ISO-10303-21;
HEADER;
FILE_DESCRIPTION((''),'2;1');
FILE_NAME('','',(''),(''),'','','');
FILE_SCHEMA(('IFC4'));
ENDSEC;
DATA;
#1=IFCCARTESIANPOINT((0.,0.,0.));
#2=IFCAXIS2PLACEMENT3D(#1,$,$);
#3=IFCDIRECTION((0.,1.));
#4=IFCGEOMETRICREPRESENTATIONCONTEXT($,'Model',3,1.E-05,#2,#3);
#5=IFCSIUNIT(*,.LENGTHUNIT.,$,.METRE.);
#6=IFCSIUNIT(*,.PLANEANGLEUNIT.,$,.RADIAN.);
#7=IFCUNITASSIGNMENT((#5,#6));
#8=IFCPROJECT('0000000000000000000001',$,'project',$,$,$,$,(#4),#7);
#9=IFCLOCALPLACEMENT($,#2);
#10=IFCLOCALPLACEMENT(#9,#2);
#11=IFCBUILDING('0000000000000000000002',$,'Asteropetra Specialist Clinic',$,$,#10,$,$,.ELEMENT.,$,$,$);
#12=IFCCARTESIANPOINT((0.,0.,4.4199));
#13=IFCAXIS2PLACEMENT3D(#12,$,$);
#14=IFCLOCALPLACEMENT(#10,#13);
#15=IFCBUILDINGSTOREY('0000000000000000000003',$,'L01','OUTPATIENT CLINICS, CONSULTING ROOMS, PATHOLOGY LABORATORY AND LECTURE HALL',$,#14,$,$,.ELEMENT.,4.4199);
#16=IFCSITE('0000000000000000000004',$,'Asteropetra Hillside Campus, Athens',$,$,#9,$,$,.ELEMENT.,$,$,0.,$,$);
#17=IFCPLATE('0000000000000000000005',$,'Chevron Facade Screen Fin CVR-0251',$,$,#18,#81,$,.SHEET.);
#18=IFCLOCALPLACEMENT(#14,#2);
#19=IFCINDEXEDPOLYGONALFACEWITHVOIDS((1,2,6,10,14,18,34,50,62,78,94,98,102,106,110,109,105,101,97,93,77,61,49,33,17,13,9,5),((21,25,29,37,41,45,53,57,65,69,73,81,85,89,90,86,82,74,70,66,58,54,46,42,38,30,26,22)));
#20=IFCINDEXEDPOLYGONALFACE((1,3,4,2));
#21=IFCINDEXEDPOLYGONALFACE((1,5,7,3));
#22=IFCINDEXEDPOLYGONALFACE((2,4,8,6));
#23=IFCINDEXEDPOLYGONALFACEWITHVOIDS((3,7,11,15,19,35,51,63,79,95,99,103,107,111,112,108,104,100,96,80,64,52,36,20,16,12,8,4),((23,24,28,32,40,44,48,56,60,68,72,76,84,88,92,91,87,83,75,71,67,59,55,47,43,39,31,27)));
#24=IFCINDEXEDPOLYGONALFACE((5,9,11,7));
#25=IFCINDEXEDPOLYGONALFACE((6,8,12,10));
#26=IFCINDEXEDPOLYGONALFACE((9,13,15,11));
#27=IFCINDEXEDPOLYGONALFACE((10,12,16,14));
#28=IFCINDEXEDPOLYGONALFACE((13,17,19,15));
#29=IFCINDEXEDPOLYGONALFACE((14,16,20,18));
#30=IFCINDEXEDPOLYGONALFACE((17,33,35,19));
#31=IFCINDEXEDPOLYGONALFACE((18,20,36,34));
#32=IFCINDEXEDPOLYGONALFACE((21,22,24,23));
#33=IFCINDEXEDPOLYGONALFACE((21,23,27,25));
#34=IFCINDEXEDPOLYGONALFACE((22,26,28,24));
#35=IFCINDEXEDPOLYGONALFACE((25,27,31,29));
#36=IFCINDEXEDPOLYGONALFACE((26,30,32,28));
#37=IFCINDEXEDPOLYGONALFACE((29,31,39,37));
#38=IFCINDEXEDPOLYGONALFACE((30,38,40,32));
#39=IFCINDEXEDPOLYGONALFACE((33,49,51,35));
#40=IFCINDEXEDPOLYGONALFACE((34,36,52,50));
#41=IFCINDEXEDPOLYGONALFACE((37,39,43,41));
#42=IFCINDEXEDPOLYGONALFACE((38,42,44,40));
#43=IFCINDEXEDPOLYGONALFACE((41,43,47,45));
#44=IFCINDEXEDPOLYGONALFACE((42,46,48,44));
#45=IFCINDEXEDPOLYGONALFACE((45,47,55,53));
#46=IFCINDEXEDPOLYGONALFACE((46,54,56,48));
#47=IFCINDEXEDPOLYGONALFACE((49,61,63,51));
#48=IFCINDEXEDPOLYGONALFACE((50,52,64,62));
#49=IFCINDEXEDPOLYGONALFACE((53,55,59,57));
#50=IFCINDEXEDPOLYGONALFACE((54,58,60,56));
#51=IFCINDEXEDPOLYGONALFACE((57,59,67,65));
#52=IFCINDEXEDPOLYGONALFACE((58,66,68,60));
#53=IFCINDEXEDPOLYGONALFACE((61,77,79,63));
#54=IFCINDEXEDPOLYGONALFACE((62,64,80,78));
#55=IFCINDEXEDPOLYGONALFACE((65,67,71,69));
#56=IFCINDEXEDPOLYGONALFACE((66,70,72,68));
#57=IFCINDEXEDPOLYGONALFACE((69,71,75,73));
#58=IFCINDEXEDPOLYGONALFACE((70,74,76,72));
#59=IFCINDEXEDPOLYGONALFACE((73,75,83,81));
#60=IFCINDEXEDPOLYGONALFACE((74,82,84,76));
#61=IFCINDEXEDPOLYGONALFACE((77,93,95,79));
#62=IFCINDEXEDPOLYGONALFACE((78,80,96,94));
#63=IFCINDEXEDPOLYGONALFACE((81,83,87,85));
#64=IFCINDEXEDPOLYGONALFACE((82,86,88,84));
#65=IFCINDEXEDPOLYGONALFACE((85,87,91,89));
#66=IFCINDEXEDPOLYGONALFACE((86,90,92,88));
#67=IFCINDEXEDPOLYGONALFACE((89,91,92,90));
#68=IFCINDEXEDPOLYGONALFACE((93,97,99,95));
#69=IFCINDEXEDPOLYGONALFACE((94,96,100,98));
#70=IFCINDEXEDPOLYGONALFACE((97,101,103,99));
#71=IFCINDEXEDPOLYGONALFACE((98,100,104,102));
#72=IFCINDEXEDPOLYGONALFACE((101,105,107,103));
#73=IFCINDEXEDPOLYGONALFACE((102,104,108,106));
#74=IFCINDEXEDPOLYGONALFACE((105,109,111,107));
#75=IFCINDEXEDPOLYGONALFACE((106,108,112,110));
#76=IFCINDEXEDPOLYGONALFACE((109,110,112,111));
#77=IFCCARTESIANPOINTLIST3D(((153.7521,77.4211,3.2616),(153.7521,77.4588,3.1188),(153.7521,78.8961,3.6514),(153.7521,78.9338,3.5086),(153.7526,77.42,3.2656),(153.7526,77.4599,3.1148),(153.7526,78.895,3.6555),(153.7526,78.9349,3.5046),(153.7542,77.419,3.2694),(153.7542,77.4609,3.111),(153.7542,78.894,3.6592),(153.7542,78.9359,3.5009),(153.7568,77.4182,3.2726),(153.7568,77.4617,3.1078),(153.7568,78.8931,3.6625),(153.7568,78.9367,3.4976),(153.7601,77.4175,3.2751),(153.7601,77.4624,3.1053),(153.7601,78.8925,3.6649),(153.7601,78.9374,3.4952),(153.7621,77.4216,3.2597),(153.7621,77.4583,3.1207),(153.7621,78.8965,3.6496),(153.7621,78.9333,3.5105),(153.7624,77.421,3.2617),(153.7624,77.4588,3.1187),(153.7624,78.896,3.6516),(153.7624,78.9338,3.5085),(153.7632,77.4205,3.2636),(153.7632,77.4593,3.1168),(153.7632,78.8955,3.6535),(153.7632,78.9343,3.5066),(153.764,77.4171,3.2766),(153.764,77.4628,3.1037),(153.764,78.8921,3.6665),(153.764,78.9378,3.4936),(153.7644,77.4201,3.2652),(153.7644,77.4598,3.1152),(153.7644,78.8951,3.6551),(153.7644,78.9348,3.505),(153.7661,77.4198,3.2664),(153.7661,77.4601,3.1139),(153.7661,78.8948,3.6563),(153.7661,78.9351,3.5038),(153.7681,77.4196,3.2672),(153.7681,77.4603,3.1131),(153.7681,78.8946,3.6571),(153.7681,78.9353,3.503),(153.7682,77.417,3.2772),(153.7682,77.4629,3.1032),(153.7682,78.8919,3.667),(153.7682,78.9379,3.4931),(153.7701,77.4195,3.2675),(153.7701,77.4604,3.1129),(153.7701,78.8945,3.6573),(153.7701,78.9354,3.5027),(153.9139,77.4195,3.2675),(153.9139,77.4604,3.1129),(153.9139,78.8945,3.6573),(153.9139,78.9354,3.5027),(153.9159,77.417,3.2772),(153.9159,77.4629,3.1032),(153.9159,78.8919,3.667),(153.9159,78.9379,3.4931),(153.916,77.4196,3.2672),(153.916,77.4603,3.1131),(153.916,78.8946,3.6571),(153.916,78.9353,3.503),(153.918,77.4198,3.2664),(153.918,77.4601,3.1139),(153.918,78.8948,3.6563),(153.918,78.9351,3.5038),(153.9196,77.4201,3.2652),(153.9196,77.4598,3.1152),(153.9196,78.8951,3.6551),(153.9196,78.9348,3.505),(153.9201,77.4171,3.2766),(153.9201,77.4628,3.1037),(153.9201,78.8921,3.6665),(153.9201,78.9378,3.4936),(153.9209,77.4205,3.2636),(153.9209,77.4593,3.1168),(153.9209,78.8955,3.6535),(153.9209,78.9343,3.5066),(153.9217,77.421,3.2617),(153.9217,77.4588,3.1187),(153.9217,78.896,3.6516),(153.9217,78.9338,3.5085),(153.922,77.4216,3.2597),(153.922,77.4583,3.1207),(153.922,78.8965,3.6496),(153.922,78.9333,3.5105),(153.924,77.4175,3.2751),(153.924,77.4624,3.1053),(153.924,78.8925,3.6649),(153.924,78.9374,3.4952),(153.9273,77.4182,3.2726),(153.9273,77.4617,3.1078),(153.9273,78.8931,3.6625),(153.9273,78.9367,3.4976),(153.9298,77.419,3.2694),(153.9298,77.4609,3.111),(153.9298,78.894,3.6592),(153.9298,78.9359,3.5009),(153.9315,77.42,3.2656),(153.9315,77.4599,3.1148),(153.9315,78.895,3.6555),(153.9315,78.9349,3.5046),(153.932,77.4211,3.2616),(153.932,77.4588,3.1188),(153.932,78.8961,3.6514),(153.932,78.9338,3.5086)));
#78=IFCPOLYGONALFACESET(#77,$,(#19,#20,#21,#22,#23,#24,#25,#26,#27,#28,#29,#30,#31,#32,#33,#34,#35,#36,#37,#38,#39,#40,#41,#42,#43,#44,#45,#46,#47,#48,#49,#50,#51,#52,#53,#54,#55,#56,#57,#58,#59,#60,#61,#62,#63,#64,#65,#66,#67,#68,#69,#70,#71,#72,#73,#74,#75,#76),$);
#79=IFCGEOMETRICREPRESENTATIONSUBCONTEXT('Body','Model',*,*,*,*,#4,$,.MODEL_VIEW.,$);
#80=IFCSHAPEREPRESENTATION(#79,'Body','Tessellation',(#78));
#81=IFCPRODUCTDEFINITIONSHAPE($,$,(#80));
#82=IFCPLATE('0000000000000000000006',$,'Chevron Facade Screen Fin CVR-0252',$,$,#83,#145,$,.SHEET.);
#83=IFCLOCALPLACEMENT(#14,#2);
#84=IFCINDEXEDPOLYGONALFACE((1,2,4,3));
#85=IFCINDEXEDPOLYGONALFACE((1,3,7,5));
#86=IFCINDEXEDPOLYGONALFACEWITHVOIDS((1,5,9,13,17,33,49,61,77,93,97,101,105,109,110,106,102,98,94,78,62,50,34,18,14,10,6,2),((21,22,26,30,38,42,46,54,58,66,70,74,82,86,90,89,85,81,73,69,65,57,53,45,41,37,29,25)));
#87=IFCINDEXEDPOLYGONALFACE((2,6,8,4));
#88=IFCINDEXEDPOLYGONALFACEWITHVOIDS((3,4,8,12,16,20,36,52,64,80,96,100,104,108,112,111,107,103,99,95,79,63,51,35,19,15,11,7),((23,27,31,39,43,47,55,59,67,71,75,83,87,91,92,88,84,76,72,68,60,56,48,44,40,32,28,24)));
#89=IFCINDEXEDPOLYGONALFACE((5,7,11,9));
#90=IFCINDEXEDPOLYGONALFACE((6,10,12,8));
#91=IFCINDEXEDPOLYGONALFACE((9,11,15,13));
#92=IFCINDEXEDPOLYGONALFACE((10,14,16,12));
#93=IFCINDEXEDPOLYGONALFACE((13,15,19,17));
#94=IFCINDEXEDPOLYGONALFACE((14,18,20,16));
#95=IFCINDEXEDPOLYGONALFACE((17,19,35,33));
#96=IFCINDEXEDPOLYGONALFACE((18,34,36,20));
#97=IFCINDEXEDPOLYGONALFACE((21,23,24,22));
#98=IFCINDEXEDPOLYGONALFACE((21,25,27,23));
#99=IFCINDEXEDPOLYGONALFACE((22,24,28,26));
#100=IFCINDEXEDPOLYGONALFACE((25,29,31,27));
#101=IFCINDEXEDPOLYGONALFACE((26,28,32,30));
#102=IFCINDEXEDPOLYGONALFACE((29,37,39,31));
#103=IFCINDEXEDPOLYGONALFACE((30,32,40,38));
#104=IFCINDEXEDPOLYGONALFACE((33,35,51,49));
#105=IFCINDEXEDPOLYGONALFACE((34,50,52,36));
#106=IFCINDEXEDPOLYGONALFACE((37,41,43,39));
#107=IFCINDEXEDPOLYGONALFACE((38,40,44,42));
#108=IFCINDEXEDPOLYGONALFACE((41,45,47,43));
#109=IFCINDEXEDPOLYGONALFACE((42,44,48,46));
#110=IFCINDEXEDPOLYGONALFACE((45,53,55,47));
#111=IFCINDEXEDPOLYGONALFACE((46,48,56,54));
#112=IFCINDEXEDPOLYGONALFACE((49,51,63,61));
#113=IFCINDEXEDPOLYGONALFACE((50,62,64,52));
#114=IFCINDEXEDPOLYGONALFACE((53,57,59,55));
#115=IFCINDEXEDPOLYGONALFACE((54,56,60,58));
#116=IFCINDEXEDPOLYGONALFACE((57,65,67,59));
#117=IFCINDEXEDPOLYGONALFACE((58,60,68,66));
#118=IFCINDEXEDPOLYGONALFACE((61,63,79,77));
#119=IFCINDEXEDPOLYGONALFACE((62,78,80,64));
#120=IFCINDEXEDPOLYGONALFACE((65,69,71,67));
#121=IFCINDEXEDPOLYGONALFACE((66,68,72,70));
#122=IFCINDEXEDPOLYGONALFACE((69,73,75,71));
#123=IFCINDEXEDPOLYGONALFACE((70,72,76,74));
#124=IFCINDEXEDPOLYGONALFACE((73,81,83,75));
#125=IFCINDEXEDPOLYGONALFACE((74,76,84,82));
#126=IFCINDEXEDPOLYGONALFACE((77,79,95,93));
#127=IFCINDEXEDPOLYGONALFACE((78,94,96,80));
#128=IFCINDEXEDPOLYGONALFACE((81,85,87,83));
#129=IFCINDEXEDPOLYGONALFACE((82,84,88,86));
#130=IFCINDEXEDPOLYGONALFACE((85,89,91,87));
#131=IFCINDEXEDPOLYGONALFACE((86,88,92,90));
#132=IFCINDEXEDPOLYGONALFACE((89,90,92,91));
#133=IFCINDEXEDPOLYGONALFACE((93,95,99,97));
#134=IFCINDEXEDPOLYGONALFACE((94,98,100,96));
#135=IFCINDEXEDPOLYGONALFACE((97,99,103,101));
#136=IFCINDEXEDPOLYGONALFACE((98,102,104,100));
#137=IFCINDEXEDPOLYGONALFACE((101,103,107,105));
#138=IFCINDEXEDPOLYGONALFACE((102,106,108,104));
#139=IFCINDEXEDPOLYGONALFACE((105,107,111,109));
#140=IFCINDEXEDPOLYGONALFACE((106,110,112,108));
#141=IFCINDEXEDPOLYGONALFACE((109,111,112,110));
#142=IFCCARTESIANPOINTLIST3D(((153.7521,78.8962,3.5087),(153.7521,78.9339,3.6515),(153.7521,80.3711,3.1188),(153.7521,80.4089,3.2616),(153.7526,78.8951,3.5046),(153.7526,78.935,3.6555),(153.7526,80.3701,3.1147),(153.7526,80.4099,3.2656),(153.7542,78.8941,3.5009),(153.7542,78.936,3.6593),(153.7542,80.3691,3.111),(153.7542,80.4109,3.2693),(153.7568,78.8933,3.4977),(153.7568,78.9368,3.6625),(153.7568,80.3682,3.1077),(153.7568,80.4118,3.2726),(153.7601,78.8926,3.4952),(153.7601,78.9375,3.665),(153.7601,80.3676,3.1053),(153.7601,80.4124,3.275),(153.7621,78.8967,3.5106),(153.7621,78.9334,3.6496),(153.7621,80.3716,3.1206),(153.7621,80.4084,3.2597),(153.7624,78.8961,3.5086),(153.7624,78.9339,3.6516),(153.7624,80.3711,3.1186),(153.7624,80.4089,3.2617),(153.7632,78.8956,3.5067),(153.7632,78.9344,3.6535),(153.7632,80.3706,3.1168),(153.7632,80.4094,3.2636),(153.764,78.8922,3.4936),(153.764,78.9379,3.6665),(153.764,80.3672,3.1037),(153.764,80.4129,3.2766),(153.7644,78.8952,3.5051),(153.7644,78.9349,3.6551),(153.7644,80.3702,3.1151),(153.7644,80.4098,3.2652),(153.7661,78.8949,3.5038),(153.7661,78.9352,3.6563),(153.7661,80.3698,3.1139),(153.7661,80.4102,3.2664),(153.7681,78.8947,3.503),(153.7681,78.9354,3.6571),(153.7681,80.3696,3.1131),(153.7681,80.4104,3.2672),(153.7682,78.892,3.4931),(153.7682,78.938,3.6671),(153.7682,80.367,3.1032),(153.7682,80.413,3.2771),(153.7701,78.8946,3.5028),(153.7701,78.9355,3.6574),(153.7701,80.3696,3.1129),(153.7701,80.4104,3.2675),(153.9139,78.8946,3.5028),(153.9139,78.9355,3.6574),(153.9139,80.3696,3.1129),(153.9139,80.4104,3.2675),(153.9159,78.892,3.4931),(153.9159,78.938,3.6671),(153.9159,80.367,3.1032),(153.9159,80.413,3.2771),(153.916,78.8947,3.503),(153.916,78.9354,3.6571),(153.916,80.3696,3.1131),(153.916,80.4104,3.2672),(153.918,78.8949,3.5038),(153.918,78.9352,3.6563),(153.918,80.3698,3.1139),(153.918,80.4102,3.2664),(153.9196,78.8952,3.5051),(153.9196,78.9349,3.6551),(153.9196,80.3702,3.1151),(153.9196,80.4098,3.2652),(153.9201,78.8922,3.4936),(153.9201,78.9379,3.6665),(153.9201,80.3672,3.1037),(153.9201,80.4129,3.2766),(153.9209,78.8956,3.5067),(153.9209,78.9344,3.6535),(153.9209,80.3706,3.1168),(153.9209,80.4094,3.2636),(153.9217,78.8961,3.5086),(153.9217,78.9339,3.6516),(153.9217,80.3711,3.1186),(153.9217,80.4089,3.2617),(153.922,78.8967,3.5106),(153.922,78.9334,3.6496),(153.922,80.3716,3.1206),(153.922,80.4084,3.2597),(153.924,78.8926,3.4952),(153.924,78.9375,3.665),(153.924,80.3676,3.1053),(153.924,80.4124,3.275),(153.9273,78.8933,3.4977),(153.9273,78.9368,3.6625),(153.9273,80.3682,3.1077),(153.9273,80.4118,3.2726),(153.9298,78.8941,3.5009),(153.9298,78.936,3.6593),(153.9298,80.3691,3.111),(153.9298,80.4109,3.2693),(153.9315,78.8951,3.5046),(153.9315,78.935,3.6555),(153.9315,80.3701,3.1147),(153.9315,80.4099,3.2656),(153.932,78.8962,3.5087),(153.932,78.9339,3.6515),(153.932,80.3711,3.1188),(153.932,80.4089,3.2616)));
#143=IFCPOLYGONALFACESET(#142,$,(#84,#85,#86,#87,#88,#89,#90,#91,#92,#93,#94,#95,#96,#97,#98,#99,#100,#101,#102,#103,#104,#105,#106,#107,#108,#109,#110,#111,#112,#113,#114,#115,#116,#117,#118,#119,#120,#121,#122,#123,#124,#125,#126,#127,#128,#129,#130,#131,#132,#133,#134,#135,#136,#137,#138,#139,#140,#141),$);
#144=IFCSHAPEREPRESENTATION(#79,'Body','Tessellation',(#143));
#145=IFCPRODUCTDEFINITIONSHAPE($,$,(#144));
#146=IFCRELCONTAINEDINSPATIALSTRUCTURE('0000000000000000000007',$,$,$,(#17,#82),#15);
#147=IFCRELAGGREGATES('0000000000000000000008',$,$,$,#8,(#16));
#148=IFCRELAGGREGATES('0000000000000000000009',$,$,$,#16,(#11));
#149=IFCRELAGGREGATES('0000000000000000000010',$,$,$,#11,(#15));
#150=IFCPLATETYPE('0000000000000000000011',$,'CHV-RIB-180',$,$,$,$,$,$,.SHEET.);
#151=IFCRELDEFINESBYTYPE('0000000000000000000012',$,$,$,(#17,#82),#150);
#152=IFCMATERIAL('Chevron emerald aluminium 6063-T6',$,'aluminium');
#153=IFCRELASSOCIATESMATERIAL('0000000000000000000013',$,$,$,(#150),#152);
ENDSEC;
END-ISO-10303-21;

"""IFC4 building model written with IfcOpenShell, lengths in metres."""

from ifc_helpers import new_model, si_unit, direction, frame, origin, origin_2d, place, context, subcontext, project, spatial, hollow_rectangle, extrude, material, material_profile, profile_set, type_object, element, save


model = new_model("IFC4")

# Units and contexts
model_context = context("Model", 3, precision=1e-05, world=origin(), true_north=direction((0.0, 1.0)))
body_context = subcontext(model_context, "Body", "Model", "MODEL_VIEW")
ifc_project = project(units=[si_unit("LENGTHUNIT", "METRE"), si_unit("PLANEANGLEUNIT", "RADIAN")], contexts=[model_context])

# Site, building, storey
site_placement = place(None, origin())
site = spatial("IfcSite", under=ifc_project, at=site_placement, Name="Asteropetra Hillside Campus, Athens", CompositionType="ELEMENT", RefElevation=0.0)
building_placement = place(site_placement, origin())
building = spatial("IfcBuilding", under=site, at=building_placement, Name="Asteropetra Specialist Clinic", CompositionType="ELEMENT")
storey_placement = place(building_placement, frame((0.0, 0.0, 4.4199)))
storey = spatial("IfcBuildingStorey", under=building, at=storey_placement, Name="L01", Description="OUTPATIENT CLINICS, CONSULTING ROOMS, PATHOLOGY LABORATORY AND LECTURE HALL", CompositionType="ELEMENT", Elevation=4.4199)

# Plates
ifc_material_1 = material(Name="Chevron emerald aluminium 6063-T6", Category="aluminium")
ifc_material_profile = material_profile(ifc_material_1, hollow_rectangle(XDim=0.1799, YDim=0.1799, WallThickness=0.01, InnerFilletRadius=0.0081, OuterFilletRadius=0.0161, at=origin_2d()), Name="SHS 180x180x10.0")
ifc_profile_set = profile_set([ifc_material_profile], Name="Chevron emerald aluminium 6063-T6")
plate_type = type_object("IfcPlateType", Name="CHV-RIB-180", PredefinedType="SHEET", material=ifc_profile_set)
for number, where, z_axis, x_axis, name in (
    (1, (153.842, 77.4399, 3.1902), (0.0, 0.966798, 0.255541), (-1.0, 0.0, 0.0), "Chevron Facade Screen Fin CVR-0251"),
    (2, (153.842, 78.915, 3.5801), (0.0, 0.966788, -0.25558), (-1.0, 0.0, 0.0), "Chevron Facade Screen Fin CVR-0252"),
):
    element("IfcPlate", number, at=place(storey_placement, frame(where, z_axis=z_axis, x_axis=x_axis)), inside=storey, type_object=plate_type, Name=name, PredefinedType="SHEET", context=body_context, shape_type="SweptSolid", body=[
        extrude(hollow_rectangle(XDim=0.1799, YDim=0.1799, WallThickness=0.01, InnerFilletRadius=0.0081, OuterFilletRadius=0.0161, at=origin_2d()), origin(), (0.0, 0.0, 1.0), 1.5256),
    ])

save(model, "model.ifc")
